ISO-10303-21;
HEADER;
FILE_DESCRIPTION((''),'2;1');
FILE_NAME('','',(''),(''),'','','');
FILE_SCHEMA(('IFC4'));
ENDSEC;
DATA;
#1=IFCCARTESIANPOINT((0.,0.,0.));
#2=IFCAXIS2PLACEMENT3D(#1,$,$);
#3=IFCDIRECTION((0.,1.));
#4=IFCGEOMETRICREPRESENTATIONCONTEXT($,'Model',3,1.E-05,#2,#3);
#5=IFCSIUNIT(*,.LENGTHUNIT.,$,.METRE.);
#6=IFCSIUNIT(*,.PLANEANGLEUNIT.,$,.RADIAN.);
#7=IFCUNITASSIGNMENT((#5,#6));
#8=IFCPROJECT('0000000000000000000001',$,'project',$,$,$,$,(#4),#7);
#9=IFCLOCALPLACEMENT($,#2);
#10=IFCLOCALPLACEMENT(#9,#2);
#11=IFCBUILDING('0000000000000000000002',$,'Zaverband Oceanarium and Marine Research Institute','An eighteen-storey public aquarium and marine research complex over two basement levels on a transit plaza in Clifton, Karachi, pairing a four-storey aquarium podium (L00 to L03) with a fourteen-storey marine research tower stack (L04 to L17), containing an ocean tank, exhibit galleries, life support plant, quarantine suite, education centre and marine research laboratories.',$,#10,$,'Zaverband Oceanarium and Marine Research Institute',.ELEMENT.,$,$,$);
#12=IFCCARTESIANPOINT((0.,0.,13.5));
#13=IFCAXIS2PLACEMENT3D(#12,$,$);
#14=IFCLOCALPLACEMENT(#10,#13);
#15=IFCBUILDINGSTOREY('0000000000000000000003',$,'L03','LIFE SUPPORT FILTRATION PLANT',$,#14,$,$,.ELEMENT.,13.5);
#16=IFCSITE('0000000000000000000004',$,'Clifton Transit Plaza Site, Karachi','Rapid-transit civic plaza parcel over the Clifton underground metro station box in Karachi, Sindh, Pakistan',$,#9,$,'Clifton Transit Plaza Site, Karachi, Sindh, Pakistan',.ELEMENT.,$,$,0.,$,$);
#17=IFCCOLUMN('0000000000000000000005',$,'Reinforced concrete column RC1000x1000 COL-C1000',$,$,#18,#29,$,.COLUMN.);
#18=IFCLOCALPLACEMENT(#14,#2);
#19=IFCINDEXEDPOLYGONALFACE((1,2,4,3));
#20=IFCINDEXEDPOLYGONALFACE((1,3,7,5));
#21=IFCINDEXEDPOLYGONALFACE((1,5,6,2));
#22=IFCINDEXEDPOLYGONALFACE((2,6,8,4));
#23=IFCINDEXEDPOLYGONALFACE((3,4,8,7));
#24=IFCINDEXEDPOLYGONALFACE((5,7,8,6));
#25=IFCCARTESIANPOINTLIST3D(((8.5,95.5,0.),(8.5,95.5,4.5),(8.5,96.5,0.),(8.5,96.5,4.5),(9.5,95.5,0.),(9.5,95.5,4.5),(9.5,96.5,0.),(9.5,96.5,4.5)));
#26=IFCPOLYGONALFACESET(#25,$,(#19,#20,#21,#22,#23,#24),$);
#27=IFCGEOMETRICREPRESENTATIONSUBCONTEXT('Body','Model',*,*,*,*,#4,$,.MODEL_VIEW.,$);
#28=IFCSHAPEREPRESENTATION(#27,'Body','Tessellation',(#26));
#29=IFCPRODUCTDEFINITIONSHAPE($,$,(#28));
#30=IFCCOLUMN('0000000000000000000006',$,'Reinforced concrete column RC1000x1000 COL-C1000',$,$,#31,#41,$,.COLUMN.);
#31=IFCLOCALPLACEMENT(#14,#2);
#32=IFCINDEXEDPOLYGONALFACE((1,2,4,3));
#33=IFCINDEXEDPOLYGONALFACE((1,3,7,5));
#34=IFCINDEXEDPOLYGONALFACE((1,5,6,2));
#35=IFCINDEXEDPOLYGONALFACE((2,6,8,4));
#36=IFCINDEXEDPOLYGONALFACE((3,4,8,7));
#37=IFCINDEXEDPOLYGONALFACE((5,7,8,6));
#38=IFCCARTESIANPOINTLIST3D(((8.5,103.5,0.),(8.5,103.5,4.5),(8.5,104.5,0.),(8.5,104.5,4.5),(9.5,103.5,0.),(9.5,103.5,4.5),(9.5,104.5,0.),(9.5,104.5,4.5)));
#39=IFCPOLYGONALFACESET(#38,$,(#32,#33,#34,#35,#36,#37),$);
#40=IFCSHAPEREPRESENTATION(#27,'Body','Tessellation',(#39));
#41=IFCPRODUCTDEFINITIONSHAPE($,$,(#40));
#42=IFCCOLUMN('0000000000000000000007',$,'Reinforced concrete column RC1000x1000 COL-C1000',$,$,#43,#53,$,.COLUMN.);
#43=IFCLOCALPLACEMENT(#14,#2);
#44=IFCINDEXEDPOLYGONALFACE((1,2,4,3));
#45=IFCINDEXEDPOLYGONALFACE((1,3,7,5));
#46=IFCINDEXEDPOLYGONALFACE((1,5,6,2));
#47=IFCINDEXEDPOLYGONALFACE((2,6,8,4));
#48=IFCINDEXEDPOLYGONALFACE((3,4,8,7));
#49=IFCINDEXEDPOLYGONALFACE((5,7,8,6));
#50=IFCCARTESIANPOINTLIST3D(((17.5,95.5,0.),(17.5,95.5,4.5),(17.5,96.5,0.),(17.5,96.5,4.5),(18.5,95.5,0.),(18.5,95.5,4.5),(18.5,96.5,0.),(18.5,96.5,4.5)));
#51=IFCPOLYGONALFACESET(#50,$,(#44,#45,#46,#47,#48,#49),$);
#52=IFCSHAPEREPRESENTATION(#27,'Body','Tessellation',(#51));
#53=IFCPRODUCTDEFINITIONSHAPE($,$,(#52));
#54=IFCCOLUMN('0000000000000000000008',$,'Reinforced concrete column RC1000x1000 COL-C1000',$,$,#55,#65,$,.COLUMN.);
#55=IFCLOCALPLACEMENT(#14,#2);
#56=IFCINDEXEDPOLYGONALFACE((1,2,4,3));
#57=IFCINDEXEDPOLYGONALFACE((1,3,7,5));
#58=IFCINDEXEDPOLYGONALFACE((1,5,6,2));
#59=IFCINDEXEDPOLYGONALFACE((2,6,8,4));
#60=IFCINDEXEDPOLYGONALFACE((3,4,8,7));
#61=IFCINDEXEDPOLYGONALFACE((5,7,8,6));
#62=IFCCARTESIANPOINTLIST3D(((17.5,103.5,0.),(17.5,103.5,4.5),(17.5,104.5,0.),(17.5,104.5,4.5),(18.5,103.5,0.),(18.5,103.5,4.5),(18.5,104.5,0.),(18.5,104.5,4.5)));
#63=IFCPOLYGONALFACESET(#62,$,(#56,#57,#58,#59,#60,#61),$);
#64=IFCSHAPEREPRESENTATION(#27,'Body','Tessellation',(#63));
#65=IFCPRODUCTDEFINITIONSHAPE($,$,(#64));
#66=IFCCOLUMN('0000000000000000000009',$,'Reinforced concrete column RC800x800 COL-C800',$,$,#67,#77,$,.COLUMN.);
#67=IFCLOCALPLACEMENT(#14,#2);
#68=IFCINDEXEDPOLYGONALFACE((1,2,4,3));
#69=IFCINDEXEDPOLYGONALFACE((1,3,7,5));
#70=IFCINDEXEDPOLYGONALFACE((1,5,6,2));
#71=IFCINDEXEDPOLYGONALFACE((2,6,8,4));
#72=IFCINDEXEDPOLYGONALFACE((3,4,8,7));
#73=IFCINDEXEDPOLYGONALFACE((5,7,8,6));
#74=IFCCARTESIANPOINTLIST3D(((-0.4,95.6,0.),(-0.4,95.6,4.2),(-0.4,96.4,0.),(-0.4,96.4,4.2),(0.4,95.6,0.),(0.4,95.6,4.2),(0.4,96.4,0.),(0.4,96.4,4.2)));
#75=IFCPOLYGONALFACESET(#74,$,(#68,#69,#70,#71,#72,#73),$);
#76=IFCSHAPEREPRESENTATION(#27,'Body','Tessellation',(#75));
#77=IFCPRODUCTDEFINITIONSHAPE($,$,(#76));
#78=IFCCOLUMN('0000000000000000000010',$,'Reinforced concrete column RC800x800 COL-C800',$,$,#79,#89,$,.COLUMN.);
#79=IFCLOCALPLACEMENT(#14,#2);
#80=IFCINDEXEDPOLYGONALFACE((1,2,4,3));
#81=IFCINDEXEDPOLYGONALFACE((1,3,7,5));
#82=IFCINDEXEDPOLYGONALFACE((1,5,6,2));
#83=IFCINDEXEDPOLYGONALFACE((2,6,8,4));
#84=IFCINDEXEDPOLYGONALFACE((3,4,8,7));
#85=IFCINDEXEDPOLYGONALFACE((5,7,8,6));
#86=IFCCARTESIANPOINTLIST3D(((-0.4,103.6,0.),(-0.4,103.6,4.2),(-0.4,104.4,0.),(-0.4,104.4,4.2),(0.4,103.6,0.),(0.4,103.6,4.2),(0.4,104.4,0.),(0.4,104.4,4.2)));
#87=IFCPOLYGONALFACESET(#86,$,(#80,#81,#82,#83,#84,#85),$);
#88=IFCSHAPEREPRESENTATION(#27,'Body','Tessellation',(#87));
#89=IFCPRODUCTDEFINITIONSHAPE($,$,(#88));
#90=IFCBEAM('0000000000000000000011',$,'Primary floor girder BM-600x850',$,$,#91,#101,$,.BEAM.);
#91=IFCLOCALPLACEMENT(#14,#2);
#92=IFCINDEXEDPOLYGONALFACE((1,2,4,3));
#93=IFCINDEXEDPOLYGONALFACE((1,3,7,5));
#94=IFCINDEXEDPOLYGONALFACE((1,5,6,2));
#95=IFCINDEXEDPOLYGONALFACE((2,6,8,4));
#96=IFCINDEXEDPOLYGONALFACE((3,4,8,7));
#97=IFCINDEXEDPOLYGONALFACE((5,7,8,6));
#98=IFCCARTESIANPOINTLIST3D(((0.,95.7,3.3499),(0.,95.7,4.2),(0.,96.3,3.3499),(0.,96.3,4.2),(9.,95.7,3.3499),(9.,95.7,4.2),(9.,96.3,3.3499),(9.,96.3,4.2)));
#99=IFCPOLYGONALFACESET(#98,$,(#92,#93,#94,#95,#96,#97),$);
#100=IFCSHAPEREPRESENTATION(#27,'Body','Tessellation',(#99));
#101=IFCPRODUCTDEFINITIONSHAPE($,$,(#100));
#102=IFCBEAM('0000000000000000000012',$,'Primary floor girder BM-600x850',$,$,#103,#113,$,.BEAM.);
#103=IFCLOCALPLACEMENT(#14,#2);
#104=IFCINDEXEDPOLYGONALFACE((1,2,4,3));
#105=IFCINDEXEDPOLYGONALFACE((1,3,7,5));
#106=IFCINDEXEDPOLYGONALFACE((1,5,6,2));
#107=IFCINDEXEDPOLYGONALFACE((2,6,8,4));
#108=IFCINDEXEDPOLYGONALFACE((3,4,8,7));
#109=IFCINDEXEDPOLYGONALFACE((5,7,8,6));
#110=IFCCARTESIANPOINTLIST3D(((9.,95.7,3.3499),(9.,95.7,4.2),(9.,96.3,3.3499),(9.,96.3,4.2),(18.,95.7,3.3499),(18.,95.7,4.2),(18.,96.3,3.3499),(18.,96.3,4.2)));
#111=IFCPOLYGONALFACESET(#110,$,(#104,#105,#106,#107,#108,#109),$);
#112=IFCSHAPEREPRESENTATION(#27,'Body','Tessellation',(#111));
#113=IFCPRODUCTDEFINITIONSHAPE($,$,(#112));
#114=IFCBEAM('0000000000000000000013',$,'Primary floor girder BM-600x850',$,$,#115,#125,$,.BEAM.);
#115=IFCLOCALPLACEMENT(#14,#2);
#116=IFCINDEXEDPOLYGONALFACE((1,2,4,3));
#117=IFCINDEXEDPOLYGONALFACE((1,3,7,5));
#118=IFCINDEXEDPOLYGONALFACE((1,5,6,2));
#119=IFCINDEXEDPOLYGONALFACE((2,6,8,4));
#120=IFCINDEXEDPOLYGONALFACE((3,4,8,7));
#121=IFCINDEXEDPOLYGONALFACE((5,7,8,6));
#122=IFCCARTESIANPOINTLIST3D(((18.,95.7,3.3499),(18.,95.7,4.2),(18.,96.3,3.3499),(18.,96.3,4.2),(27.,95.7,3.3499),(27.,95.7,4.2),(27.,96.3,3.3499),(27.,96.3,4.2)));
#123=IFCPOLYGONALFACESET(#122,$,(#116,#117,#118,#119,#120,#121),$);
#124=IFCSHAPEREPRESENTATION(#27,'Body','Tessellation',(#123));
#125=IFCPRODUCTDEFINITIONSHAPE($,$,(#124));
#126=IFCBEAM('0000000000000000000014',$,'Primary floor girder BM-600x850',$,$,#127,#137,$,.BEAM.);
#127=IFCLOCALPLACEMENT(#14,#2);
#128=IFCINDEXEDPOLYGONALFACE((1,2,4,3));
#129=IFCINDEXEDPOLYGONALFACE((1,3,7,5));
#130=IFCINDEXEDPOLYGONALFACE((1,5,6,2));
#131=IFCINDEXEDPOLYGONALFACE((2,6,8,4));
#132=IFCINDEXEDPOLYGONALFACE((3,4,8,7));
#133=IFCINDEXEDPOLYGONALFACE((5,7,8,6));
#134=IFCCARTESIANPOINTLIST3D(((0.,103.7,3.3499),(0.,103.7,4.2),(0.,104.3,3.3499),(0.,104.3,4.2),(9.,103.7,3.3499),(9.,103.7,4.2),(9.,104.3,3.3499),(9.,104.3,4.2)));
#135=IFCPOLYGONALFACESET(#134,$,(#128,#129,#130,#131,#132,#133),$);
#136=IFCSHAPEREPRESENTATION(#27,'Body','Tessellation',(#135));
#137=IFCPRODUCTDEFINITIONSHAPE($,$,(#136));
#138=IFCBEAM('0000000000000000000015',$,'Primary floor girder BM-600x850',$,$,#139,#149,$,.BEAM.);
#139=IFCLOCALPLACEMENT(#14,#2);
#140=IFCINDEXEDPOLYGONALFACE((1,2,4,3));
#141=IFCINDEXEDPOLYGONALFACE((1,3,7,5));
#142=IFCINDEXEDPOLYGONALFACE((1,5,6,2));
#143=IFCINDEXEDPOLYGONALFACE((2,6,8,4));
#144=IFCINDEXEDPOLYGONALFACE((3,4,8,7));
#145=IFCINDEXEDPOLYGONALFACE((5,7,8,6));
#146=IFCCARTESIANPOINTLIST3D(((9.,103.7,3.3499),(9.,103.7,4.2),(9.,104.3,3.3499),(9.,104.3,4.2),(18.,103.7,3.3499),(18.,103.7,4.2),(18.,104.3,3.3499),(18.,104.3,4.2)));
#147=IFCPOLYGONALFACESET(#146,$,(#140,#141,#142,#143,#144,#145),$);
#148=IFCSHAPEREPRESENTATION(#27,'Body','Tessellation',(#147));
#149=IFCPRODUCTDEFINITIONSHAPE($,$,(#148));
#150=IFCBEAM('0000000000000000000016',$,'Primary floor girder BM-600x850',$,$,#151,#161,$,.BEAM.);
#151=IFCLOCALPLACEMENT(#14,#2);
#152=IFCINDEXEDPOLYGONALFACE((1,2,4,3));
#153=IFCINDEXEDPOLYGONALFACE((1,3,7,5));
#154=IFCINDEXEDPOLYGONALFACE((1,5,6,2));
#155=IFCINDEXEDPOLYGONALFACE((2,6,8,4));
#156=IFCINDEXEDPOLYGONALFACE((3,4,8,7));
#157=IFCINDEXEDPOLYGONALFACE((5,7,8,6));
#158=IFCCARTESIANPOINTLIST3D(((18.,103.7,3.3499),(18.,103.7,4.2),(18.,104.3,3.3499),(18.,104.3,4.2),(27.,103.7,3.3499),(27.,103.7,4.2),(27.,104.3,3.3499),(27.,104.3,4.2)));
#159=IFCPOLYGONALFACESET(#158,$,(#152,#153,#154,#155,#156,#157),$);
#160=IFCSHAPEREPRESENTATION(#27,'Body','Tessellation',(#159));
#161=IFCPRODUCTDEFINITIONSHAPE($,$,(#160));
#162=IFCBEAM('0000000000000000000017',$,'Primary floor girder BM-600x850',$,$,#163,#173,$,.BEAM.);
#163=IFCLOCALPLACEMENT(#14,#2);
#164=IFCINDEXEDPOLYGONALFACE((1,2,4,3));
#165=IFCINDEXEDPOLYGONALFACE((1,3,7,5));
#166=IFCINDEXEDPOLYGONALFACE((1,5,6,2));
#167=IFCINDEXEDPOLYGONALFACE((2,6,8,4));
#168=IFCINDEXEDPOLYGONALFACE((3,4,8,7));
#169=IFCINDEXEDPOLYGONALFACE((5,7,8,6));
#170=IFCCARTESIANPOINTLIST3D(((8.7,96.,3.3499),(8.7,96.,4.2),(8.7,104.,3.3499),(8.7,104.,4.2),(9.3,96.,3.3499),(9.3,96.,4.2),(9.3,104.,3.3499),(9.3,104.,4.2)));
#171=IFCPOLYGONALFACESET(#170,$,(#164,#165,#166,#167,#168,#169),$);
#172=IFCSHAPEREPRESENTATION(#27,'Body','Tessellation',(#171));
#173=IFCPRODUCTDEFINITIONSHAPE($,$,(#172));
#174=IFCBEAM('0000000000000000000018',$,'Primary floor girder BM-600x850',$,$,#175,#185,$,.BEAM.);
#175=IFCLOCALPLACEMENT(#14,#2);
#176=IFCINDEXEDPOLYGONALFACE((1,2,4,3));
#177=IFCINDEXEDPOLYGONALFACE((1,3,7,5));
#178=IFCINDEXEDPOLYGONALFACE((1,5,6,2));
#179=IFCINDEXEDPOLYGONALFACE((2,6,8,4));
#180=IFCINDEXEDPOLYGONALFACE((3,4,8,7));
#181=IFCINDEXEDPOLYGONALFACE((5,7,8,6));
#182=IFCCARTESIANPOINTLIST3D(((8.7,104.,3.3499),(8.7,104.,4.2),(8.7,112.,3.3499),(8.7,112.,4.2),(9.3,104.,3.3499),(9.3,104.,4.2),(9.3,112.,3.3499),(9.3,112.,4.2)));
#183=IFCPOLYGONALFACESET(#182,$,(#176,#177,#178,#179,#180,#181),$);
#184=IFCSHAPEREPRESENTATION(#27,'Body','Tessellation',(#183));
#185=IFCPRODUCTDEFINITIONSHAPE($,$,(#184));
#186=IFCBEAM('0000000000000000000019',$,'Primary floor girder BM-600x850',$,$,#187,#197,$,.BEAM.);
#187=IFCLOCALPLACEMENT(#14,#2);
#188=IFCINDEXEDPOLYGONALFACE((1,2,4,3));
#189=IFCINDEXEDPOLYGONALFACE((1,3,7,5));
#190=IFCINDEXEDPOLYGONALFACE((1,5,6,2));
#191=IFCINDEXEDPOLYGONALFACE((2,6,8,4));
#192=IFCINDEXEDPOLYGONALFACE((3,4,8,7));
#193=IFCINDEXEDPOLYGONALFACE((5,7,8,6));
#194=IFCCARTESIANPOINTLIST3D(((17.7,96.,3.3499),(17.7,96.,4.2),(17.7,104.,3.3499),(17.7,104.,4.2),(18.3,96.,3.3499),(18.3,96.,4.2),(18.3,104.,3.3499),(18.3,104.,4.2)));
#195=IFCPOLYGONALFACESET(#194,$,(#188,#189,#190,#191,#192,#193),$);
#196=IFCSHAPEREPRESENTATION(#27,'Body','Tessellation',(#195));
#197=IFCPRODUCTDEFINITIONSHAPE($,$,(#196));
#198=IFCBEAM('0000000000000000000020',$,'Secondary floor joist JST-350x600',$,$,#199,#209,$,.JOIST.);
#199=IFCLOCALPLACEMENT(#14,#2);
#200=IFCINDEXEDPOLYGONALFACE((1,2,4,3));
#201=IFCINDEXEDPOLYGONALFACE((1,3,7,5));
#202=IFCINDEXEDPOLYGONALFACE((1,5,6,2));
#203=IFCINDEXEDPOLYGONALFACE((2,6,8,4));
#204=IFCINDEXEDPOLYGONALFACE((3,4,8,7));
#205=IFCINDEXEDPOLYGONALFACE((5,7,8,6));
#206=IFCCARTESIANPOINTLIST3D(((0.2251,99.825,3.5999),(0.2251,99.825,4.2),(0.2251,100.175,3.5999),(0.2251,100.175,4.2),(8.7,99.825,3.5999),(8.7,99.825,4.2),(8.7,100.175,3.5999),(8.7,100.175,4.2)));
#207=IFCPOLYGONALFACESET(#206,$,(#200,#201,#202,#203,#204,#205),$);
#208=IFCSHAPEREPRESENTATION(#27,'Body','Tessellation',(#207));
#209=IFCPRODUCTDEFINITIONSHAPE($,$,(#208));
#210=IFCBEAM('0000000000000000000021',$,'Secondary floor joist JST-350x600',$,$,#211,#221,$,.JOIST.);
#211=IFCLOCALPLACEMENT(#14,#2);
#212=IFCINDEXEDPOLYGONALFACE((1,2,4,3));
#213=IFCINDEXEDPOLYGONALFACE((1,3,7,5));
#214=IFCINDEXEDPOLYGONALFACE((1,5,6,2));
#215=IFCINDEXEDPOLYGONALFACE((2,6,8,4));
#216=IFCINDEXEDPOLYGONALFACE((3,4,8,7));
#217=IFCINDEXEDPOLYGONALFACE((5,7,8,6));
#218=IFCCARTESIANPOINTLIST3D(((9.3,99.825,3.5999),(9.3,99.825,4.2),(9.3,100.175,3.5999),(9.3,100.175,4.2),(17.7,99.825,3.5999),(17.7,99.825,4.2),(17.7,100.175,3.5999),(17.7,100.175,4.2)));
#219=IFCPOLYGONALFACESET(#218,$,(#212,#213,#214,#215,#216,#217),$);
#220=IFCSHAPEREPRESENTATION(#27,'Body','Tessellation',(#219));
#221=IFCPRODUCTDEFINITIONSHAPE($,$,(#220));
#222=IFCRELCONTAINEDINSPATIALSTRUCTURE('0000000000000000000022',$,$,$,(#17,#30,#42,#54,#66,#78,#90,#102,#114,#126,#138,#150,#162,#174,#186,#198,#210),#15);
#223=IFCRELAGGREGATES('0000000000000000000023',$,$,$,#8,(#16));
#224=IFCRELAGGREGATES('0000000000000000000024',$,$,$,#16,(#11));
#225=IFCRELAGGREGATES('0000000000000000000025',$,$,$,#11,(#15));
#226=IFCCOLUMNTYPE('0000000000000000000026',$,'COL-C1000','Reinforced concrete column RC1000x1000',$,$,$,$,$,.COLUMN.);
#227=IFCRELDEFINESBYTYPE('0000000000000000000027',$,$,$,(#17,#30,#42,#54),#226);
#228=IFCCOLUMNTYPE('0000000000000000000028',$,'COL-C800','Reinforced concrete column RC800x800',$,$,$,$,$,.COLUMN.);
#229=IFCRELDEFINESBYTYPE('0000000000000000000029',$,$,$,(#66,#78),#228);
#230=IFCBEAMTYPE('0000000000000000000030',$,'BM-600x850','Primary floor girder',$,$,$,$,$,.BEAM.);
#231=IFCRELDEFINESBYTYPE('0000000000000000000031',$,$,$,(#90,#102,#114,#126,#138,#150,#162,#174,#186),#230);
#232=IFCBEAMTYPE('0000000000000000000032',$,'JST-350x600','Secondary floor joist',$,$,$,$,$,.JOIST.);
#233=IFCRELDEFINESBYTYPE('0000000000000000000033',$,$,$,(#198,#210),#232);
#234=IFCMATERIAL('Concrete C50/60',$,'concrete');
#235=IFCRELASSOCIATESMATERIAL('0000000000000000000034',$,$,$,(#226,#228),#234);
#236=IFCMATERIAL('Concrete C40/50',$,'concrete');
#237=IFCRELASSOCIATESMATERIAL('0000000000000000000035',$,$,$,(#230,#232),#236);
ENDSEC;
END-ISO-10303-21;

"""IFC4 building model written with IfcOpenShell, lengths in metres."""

from ifc_helpers import new_model, si_unit, direction, frame, origin, origin_2d, place, context, subcontext, project, spatial, rectangle, extrude, material, material_profile, profile_set, type_object, element, save


model = new_model("IFC4")

# Units and contexts
model_context = context("Model", 3, precision=1e-05, world=origin(), true_north=direction((0.0, 1.0)))
body_context = subcontext(model_context, "Body", "Model", "MODEL_VIEW")
ifc_project = project(units=[si_unit("LENGTHUNIT", "METRE"), si_unit("PLANEANGLEUNIT", "RADIAN")], contexts=[model_context])

# Site, building, storey
site_placement = place(None, origin())
site = spatial("IfcSite", under=ifc_project, at=site_placement, Name="Clifton Transit Plaza Site, Karachi", Description="Rapid-transit civic plaza parcel over the Clifton underground metro station box in Karachi, Sindh, Pakistan", LongName="Clifton Transit Plaza Site, Karachi, Sindh, Pakistan", CompositionType="ELEMENT", RefElevation=0.0)
building_placement = place(site_placement, origin())
building = spatial("IfcBuilding", under=site, at=building_placement, Name="Zaverband Oceanarium and Marine Research Institute", Description="An eighteen-storey public aquarium and marine research complex over two basement levels on a transit plaza in Clifton, Karachi, pairing a four-storey aquarium podium (L00 to L03) with a fourteen-storey marine research tower stack (L04 to L17), containing an ocean tank, exhibit galleries, life support plant, quarantine suite, education centre and marine research laboratories.", LongName="Zaverband Oceanarium and Marine Research Institute", CompositionType="ELEMENT")
storey_placement = place(building_placement, frame((0.0, 0.0, 13.5)))
storey = spatial("IfcBuildingStorey", under=building, at=storey_placement, Name="L03", Description="LIFE SUPPORT FILTRATION PLANT", CompositionType="ELEMENT", Elevation=13.5)

# Columns
ifc_material_1 = material(Name="Concrete C50/60", Category="concrete")
ifc_material_profile_1 = material_profile(ifc_material_1, rectangle(XDim=1.0, YDim=1.0, at=origin_2d()), Name="RC1000x1000")
ifc_profile_set_1 = profile_set([ifc_material_profile_1], Name="Concrete C50/60")
column_type_1 = type_object("IfcColumnType", Name="COL-C1000", Description="Reinforced concrete column RC1000x1000", PredefinedType="COLUMN", material=ifc_profile_set_1)
for number, where, z_axis, x_axis, name in (
    (1, (9.0, 96.0, 0.0), (0.0, 0.0, 1.0), (1.0, 0.0, 0.0), "Reinforced concrete column RC1000x1000 COL-C1000"),
    (2, (9.0, 104.0, 0.0), (0.0, 0.0, 1.0), (1.0, 0.0, 0.0), "Reinforced concrete column RC1000x1000 COL-C1000"),
    (3, (18.0, 96.0, 0.0), (0.0, 0.0, 1.0), (1.0, 0.0, 0.0), "Reinforced concrete column RC1000x1000 COL-C1000"),
    (4, (18.0, 104.0, 0.0), (0.0, 0.0, 1.0), (1.0, 0.0, 0.0), "Reinforced concrete column RC1000x1000 COL-C1000"),
):
    element("IfcColumn", number, at=place(storey_placement, frame(where, z_axis=z_axis, x_axis=x_axis)), inside=storey, type_object=column_type_1, Name=name, PredefinedType="COLUMN", context=body_context, shape_type="SweptSolid", body=[
        extrude(rectangle(XDim=1.0, YDim=1.0, at=origin_2d()), origin(), (0.0, 0.0, 1.0), 4.5),
    ])
ifc_material_profile_2 = material_profile(ifc_material_1, rectangle(XDim=0.8, YDim=0.8, at=origin_2d()), Name="RC800x800")
ifc_profile_set_2 = profile_set([ifc_material_profile_2], Name="Concrete C50/60")
column_type_2 = type_object("IfcColumnType", Name="COL-C800", Description="Reinforced concrete column RC800x800", PredefinedType="COLUMN", material=ifc_profile_set_2)
for number, where, z_axis, x_axis, name in (
    (5, (0.0, 96.0, 0.0), (0.0, 0.0, 1.0), (1.0, 0.0, 0.0), "Reinforced concrete column RC800x800 COL-C800"),
    (6, (0.0, 104.0, 0.0), (0.0, 0.0, 1.0), (1.0, 0.0, 0.0), "Reinforced concrete column RC800x800 COL-C800"),
):
    element("IfcColumn", number, at=place(storey_placement, frame(where, z_axis=z_axis, x_axis=x_axis)), inside=storey, type_object=column_type_2, Name=name, PredefinedType="COLUMN", context=body_context, shape_type="SweptSolid", body=[
        extrude(rectangle(XDim=0.8, YDim=0.8, at=origin_2d()), origin(), (0.0, 0.0, 1.0), 4.2),
    ])

# Beams
ifc_material_2 = material(Name="Concrete C40/50", Category="concrete")
ifc_material_profile_3 = material_profile(ifc_material_2, rectangle(XDim=0.6001, YDim=0.8501, at=origin_2d()), Name="RC600x850")
ifc_profile_set_3 = profile_set([ifc_material_profile_3], Name="Concrete C40/50")
beam_type_1 = type_object("IfcBeamType", Name="BM-600x850", Description="Primary floor girder", PredefinedType="BEAM", material=ifc_profile_set_3)
for number, where, z_axis, x_axis, name in (
    (7, (0.0, 96.0, 3.7749), (1.0, 0.0, 0.0), (0.0, 1.0, 0.0), "Primary floor girder BM-600x850"),
    (8, (9.0, 96.0, 3.7749), (1.0, 0.0, 0.0), (0.0, 1.0, 0.0), "Primary floor girder BM-600x850"),
    (9, (18.0, 96.0, 3.7749), (1.0, 0.0, 0.0), (0.0, 1.0, 0.0), "Primary floor girder BM-600x850"),
    (10, (0.0, 104.0, 3.7749), (1.0, 0.0, 0.0), (0.0, 1.0, 0.0), "Primary floor girder BM-600x850"),
    (11, (9.0, 104.0, 3.7749), (1.0, 0.0, 0.0), (0.0, 1.0, 0.0), "Primary floor girder BM-600x850"),
    (12, (18.0, 104.0, 3.7749), (1.0, 0.0, 0.0), (0.0, 1.0, 0.0), "Primary floor girder BM-600x850"),
):
    element("IfcBeam", number, at=place(storey_placement, frame(where, z_axis=z_axis, x_axis=x_axis)), inside=storey, type_object=beam_type_1, Name=name, PredefinedType="BEAM", context=body_context, shape_type="SweptSolid", body=[
        extrude(rectangle(XDim=0.6001, YDim=0.8501, at=origin_2d()), origin(), (0.0, 0.0, 1.0), 9.0),
    ])
for number, where, z_axis, x_axis, name in (
    (13, (9.0, 96.0, 3.7749), (0.0, 1.0, 0.0), (-1.0, 0.0, 0.0), "Primary floor girder BM-600x850"),
    (14, (9.0, 104.0, 3.7749), (0.0, 1.0, 0.0), (-1.0, 0.0, 0.0), "Primary floor girder BM-600x850"),
    (15, (18.0, 96.0, 3.7749), (0.0, 1.0, 0.0), (-1.0, 0.0, 0.0), "Primary floor girder BM-600x850"),
):
    element("IfcBeam", number, at=place(storey_placement, frame(where, z_axis=z_axis, x_axis=x_axis)), inside=storey, type_object=beam_type_1, Name=name, PredefinedType="BEAM", context=body_context, shape_type="SweptSolid", body=[
        extrude(rectangle(XDim=0.6001, YDim=0.8501, at=origin_2d()), origin(), (0.0, 0.0, 1.0), 8.0),
    ])
ifc_material_profile_4 = material_profile(ifc_material_2, rectangle(XDim=0.3501, YDim=0.6001, at=origin_2d()), Name="RC350x600")
ifc_profile_set_4 = profile_set([ifc_material_profile_4], Name="Concrete C40/50")
beam_type_2 = type_object("IfcBeamType", Name="JST-350x600", Description="Secondary floor joist", PredefinedType="JOIST", material=ifc_profile_set_4)
beam_1_placement = place(storey_placement, frame((0.2251, 100.0, 3.8999), z_axis=(1.0, 0.0, 0.0), x_axis=(0.0, 1.0, 0.0)))
element("IfcBeam", 16, at=beam_1_placement, inside=storey, type_object=beam_type_2, Name="Secondary floor joist JST-350x600", PredefinedType="JOIST", context=body_context, shape_type="SweptSolid", body=[
    extrude(rectangle(XDim=0.3501, YDim=0.6001, at=origin_2d()), origin(), (0.0, 0.0, 1.0), 8.4749),
])
beam_2_placement = place(storey_placement, frame((9.3, 100.0, 3.8999), z_axis=(1.0, 0.0, 0.0), x_axis=(0.0, 1.0, 0.0)))
element("IfcBeam", 17, at=beam_2_placement, inside=storey, type_object=beam_type_2, Name="Secondary floor joist JST-350x600", PredefinedType="JOIST", context=body_context, shape_type="SweptSolid", body=[
    extrude(rectangle(XDim=0.3501, YDim=0.6001, at=origin_2d()), origin(), (0.0, 0.0, 1.0), 8.3999),
])

save(model, "model.ifc")
